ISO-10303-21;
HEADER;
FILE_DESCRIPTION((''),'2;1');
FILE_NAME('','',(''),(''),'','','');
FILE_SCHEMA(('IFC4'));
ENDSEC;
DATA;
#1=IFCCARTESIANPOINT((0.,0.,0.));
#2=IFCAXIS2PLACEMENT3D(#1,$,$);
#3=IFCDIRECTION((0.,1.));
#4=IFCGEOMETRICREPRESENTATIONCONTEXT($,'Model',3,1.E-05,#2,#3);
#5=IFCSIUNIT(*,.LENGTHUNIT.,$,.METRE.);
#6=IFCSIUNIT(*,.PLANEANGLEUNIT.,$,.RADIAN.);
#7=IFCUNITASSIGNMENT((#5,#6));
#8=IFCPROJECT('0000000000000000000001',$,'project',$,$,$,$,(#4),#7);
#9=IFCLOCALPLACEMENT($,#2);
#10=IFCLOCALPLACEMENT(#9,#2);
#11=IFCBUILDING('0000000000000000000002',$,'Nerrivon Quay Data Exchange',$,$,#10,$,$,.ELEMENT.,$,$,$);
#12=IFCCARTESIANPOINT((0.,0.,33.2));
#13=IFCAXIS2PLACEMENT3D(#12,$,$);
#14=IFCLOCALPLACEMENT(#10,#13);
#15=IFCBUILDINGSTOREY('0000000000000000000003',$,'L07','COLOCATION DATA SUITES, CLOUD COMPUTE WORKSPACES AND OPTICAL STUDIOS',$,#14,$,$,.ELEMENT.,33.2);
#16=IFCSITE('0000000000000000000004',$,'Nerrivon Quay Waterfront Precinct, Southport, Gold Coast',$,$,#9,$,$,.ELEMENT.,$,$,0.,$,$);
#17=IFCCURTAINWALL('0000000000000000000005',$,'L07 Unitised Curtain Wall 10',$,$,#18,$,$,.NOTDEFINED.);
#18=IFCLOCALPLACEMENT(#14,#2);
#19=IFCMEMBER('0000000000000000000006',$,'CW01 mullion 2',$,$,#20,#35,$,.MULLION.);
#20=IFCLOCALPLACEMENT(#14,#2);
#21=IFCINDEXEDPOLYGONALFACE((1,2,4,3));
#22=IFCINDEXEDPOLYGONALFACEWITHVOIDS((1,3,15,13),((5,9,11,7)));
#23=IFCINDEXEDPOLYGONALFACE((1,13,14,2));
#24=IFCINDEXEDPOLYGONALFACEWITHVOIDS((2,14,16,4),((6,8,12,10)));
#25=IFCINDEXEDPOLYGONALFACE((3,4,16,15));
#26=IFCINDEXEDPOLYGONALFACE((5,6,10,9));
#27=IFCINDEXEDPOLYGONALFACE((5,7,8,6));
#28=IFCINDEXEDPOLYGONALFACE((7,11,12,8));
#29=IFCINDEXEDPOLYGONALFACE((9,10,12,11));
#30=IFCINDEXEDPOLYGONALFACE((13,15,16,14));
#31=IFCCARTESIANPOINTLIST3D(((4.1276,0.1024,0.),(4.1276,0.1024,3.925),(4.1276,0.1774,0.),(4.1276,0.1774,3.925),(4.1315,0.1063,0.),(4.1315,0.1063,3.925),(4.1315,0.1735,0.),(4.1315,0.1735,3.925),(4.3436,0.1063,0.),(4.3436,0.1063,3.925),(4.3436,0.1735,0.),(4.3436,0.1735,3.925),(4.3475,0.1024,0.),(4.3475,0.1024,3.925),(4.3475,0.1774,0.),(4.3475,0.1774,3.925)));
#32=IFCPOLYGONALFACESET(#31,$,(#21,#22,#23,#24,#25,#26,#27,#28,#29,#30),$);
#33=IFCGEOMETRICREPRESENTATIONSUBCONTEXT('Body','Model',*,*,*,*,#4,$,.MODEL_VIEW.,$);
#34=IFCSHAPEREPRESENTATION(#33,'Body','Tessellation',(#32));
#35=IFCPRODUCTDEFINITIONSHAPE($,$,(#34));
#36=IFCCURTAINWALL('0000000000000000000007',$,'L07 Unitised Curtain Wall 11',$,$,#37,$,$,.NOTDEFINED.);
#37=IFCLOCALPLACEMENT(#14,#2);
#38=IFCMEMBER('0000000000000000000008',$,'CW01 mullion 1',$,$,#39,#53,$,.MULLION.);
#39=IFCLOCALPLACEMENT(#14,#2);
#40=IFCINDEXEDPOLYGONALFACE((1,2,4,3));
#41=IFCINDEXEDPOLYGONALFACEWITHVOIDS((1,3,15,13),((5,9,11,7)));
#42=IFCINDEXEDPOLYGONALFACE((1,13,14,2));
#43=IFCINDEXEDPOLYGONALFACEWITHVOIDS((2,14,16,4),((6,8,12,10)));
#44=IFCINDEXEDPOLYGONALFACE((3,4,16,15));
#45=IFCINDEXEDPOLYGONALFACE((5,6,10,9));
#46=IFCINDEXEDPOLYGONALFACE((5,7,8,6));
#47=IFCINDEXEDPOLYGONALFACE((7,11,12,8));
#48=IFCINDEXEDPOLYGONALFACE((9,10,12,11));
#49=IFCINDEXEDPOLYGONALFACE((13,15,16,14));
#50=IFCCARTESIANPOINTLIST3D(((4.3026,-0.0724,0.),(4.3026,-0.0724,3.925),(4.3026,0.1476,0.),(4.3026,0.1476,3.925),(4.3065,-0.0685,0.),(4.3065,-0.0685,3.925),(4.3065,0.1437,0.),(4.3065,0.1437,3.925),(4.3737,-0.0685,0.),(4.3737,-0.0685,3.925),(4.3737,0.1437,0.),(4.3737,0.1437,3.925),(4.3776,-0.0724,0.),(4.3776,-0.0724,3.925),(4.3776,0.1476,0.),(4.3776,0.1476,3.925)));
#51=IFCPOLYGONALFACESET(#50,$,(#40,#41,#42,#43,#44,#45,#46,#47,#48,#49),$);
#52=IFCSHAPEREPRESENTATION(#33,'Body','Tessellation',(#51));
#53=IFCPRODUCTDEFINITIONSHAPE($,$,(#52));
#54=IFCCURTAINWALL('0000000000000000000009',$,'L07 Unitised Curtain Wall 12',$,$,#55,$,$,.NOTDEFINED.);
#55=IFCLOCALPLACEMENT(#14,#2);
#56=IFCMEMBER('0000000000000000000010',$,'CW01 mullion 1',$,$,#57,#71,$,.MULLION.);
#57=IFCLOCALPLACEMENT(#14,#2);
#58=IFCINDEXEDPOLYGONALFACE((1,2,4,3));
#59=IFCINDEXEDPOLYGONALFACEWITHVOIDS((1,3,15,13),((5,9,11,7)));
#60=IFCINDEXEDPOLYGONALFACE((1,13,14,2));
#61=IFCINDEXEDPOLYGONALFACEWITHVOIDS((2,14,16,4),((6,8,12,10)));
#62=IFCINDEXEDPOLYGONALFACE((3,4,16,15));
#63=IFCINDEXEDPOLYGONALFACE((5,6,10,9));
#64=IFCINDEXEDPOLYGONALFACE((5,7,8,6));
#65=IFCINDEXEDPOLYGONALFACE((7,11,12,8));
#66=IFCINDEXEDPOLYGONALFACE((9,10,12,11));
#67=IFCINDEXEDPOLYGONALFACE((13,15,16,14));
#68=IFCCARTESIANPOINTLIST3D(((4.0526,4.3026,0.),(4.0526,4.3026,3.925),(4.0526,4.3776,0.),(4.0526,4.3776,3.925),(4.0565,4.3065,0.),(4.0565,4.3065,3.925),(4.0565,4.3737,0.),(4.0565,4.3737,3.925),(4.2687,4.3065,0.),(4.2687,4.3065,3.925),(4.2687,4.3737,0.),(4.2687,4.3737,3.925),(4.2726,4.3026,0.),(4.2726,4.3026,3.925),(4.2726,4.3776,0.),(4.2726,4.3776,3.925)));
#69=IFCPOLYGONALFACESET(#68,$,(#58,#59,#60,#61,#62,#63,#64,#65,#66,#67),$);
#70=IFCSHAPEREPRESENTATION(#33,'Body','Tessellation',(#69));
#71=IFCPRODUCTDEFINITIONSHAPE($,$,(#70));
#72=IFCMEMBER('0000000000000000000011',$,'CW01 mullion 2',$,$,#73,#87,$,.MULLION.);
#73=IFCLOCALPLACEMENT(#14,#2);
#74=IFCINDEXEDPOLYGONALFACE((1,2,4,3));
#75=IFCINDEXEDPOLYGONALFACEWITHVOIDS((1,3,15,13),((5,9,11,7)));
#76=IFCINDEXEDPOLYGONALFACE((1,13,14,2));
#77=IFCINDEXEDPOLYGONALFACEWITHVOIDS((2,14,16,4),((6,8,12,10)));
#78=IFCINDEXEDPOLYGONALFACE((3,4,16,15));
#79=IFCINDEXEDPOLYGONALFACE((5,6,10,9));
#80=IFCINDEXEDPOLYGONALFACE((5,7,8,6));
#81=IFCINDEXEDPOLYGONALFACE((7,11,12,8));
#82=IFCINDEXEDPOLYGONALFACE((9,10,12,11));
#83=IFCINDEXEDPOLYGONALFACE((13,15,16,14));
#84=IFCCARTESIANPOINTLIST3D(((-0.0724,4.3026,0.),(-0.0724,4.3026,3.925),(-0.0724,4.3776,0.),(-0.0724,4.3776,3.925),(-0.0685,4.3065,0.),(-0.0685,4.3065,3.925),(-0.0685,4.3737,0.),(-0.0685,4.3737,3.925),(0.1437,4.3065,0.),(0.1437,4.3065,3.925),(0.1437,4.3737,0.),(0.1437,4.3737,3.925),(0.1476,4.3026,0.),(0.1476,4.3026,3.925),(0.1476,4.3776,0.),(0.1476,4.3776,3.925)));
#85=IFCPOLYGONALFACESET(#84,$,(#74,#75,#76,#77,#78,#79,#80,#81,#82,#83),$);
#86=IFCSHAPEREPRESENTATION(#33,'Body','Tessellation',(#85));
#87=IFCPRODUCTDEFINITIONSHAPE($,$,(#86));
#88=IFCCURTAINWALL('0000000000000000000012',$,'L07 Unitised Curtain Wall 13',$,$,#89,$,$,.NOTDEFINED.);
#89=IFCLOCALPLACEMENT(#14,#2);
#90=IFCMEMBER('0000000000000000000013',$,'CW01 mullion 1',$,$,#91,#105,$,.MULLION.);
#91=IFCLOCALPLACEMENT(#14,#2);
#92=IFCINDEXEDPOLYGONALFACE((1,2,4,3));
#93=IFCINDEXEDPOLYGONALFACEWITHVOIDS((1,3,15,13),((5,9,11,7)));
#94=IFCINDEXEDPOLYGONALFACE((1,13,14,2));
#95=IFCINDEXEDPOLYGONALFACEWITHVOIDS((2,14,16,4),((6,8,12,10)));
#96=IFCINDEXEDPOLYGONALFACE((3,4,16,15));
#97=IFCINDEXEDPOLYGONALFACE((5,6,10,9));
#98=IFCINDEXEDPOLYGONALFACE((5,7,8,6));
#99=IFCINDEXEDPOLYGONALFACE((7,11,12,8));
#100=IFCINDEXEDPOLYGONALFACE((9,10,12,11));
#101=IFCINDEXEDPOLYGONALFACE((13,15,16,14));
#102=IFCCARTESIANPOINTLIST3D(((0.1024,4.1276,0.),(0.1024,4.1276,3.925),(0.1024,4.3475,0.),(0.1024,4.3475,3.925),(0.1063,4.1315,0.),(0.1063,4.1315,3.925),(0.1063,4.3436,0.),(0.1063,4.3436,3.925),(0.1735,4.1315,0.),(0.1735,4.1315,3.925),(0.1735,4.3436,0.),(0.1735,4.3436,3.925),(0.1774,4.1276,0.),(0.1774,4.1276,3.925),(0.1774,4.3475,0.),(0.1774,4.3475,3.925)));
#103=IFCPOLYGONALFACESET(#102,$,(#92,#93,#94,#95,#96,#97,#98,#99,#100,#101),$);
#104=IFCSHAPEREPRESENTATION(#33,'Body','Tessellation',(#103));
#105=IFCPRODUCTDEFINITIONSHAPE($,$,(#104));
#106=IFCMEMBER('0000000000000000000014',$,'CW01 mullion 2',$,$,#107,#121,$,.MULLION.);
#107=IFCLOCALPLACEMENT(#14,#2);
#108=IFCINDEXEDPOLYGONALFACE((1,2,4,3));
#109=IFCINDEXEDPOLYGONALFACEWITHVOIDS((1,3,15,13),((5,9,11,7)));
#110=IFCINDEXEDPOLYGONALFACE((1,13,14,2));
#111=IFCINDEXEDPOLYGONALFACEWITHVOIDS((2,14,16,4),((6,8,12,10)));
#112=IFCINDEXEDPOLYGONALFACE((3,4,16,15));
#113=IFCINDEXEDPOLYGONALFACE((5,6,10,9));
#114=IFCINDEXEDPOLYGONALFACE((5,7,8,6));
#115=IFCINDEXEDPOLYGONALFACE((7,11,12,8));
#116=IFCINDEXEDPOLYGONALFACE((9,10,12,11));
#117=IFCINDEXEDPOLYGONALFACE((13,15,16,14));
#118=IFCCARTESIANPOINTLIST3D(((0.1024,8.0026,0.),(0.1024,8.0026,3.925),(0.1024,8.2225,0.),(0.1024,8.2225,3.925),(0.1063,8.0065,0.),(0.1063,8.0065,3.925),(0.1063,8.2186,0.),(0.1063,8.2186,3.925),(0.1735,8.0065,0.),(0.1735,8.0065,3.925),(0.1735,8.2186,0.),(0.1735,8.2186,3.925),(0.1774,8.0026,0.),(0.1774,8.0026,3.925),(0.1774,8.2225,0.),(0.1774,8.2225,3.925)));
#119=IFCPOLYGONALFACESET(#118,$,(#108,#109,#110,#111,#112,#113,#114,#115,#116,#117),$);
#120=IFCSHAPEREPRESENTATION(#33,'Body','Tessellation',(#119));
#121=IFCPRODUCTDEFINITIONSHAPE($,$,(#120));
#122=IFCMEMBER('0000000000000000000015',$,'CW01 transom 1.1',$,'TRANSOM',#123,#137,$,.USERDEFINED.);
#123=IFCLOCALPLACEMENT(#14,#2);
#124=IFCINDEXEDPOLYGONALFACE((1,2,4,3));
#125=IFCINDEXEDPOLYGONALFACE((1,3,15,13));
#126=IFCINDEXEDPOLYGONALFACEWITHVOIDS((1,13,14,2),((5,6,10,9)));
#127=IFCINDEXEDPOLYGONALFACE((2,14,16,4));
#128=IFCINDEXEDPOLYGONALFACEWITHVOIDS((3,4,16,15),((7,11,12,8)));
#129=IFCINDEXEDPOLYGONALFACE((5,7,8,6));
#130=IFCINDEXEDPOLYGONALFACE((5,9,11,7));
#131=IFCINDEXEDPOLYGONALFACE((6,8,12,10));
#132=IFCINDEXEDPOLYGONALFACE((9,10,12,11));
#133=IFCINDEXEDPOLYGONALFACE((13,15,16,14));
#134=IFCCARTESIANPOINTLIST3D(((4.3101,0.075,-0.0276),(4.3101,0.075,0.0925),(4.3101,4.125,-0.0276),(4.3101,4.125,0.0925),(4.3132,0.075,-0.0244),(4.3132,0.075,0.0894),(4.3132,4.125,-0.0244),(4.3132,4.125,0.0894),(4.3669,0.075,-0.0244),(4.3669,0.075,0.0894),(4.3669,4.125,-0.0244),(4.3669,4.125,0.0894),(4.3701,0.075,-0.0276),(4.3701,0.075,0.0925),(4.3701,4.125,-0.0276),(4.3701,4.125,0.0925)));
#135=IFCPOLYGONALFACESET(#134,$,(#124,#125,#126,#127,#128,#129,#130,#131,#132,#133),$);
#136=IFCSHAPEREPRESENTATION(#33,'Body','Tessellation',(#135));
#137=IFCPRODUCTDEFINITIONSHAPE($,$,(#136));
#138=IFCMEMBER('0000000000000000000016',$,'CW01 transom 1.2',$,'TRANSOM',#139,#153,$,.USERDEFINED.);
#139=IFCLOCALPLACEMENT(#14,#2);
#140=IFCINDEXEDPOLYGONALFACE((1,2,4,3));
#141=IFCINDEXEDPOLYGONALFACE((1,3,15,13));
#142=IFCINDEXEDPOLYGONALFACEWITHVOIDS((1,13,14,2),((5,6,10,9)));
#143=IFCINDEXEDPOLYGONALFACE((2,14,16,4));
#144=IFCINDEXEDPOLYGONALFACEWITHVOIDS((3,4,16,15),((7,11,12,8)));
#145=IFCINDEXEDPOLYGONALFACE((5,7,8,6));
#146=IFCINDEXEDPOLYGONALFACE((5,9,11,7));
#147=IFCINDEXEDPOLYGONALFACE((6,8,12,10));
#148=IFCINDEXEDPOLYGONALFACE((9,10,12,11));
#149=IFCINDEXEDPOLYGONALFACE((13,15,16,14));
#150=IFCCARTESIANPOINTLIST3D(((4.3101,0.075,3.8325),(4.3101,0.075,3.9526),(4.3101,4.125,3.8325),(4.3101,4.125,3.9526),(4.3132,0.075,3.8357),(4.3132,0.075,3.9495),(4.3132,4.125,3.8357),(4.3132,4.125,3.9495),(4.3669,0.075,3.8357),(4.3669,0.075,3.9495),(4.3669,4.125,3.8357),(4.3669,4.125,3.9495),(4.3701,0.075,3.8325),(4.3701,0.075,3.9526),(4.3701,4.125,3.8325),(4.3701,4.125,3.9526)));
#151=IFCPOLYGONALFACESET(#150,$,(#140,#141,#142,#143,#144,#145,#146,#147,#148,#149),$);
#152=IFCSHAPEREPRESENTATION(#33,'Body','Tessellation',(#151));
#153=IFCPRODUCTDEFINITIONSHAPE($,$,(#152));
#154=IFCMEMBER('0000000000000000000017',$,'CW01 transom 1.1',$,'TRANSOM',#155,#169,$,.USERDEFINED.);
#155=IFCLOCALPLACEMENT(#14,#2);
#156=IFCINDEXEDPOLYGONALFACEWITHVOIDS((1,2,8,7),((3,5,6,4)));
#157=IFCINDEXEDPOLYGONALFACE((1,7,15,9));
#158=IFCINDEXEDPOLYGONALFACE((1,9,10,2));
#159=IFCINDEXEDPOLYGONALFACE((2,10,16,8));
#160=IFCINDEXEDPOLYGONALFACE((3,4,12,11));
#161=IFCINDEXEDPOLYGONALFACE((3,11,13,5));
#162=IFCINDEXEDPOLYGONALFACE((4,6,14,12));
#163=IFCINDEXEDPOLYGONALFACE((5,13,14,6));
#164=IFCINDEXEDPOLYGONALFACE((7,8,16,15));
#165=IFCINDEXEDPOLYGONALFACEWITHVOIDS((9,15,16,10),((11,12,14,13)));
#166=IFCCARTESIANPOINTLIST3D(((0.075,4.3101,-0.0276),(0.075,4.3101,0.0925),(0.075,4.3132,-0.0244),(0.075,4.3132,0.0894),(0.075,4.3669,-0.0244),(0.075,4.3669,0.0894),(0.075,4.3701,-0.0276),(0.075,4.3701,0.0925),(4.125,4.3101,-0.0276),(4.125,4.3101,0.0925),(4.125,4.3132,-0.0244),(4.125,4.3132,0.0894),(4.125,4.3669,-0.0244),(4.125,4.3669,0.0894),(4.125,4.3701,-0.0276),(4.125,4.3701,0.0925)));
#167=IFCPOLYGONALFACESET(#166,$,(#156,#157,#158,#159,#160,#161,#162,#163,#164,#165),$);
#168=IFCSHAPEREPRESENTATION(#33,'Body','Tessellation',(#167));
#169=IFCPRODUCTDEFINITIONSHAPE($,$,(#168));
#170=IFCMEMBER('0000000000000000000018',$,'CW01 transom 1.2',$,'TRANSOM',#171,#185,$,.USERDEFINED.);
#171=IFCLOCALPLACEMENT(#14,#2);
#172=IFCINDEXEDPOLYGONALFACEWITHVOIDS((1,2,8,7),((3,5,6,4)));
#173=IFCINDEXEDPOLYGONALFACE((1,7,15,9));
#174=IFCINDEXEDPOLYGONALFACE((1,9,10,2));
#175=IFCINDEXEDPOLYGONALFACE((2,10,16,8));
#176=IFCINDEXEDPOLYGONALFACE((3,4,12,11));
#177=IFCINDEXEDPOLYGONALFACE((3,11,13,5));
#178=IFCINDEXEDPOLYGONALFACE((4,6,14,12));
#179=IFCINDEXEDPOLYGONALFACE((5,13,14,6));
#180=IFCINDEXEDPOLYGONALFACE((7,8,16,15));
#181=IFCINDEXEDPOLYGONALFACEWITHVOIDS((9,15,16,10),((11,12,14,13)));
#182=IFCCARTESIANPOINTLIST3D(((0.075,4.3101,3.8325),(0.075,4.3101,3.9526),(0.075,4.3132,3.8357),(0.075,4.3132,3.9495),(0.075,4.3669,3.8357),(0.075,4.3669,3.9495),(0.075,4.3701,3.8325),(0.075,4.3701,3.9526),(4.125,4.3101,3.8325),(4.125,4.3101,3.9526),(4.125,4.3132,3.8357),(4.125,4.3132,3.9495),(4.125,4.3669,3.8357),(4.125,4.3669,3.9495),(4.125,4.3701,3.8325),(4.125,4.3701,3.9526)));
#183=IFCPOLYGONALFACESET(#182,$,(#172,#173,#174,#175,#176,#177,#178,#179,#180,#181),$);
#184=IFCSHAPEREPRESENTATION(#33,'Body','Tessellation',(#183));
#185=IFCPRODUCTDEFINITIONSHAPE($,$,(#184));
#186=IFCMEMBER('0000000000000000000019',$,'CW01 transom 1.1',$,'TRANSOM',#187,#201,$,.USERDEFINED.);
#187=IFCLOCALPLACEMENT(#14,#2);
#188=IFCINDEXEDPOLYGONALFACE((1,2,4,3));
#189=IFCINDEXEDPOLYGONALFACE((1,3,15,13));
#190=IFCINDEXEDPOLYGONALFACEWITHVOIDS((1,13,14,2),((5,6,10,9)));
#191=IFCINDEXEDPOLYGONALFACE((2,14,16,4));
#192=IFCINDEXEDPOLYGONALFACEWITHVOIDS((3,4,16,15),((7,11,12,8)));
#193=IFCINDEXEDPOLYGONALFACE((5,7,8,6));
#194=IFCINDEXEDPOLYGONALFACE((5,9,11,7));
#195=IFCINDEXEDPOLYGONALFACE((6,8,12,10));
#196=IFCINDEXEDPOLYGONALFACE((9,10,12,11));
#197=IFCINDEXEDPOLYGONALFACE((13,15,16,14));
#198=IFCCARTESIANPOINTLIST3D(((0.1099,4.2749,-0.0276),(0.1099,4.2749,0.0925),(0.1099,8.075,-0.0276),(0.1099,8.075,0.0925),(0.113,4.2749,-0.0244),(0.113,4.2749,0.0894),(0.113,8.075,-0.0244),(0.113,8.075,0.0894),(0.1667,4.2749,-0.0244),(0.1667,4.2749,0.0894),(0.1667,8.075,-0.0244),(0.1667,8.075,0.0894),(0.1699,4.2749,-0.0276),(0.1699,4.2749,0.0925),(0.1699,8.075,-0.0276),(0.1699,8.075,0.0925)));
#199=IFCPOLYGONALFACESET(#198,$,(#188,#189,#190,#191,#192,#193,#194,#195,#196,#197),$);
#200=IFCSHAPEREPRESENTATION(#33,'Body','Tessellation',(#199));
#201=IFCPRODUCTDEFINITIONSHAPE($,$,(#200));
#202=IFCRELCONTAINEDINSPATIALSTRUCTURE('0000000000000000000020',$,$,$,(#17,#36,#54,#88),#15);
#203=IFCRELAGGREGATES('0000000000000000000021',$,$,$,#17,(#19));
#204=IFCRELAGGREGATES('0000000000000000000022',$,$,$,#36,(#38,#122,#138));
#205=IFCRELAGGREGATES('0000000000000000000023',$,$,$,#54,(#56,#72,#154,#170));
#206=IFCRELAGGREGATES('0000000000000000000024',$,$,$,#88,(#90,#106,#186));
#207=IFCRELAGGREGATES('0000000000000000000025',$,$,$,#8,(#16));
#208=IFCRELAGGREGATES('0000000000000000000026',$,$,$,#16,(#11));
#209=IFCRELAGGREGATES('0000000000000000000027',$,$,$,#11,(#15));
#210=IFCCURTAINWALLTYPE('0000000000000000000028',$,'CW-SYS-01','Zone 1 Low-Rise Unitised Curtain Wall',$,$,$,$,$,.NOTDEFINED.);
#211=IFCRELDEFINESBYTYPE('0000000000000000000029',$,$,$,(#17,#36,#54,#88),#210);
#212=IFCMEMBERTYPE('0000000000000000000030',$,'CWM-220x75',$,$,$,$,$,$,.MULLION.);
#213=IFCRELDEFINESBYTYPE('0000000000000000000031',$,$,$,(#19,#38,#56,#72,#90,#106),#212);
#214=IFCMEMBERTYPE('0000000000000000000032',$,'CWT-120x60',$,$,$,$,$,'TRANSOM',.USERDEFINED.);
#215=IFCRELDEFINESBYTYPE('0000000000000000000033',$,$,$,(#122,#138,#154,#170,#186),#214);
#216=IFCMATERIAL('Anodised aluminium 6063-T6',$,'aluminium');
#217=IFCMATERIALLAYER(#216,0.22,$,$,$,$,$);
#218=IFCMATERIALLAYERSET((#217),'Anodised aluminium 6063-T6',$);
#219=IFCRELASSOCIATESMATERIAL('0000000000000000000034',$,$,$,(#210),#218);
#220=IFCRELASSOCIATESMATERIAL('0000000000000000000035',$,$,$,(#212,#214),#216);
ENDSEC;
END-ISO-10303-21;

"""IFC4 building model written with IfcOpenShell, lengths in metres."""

from ifc_helpers import new_model, si_unit, direction, frame, origin, origin_2d, place, context, subcontext, project, spatial, hollow_rectangle, extrude, material, layer, layer_set, material_profile, profile_set, type_object, element, aggregate, save


model = new_model("IFC4")

# Units and contexts
model_context = context("Model", 3, precision=1e-05, world=origin(), true_north=direction((0.0, 1.0)))
body_context = subcontext(model_context, "Body", "Model", "MODEL_VIEW")
ifc_project = project(units=[si_unit("LENGTHUNIT", "METRE"), si_unit("PLANEANGLEUNIT", "RADIAN")], contexts=[model_context])

# Site, building, storey
site_placement = place(None, origin())
site = spatial("IfcSite", under=ifc_project, at=site_placement, Name="Nerrivon Quay Waterfront Precinct, Southport, Gold Coast", CompositionType="ELEMENT", RefElevation=0.0)
building_placement = place(site_placement, origin())
building = spatial("IfcBuilding", under=site, at=building_placement, Name="Nerrivon Quay Data Exchange", CompositionType="ELEMENT")
storey_placement = place(building_placement, frame((0.0, 0.0, 33.2)))
storey = spatial("IfcBuildingStorey", under=building, at=storey_placement, Name="L07", Description="COLOCATION DATA SUITES, CLOUD COMPUTE WORKSPACES AND OPTICAL STUDIOS", CompositionType="ELEMENT", Elevation=33.2)

# Curtain walls, members
ifc_material_1 = material(Name="Anodised aluminium 6063-T6", Category="aluminium")
ifc_layer_1 = layer(ifc_material_1, 0.22)
ifc_layer_set_1 = layer_set([ifc_layer_1], Name="Anodised aluminium 6063-T6")
curtain_wall_type = type_object("IfcCurtainWallType", Name="CW-SYS-01", Description="Zone 1 Low-Rise Unitised Curtain Wall", PredefinedType="NOTDEFINED", material=ifc_layer_set_1)
curtain_wall_1_placement = place(storey_placement, origin())
curtain_wall_1 = element("IfcCurtainWall", 1, at=curtain_wall_1_placement, inside=storey, type_object=curtain_wall_type, Name="L07 Unitised Curtain Wall 10", PredefinedType="NOTDEFINED")
ifc_material_profile_1 = material_profile(ifc_material_1, hollow_rectangle(XDim=0.075, YDim=0.22, WallThickness=0.0039, at=origin_2d()), Name="ALU-MULL-220x75")
ifc_profile_set_1 = profile_set([ifc_material_profile_1], Name="Anodised aluminium 6063-T6")
member_type_1 = type_object("IfcMemberType", Name="CWM-220x75", PredefinedType="MULLION", material=ifc_profile_set_1)
member_1_placement = place(storey_placement, frame((4.2375, 0.1399, 0.0), z_axis=(0.0, 0.0, 1.0), x_axis=(0.0, -1.0, 0.0)))
member_1 = element("IfcMember", 2, at=member_1_placement, type_object=member_type_1, Name="CW01 mullion 2", PredefinedType="MULLION", context=body_context, shape_type="SweptSolid", body=[
    extrude(hollow_rectangle(XDim=0.075, YDim=0.22, WallThickness=0.0039, at=origin_2d()), origin(), (0.0, 0.0, 1.0), 3.925),
])
aggregate(curtain_wall_1, [member_1])
curtain_wall_2_placement = place(storey_placement, origin())
curtain_wall_2 = element("IfcCurtainWall", 3, at=curtain_wall_2_placement, inside=storey, type_object=curtain_wall_type, Name="L07 Unitised Curtain Wall 11", PredefinedType="NOTDEFINED")
member_2_placement = place(storey_placement, frame((4.3401, 0.0376, 0.0), z_axis=(0.0, 0.0, 1.0), x_axis=(-1.0, 0.0, 0.0)))
member_2 = element("IfcMember", 4, at=member_2_placement, type_object=member_type_1, Name="CW01 mullion 1", PredefinedType="MULLION", context=body_context, shape_type="SweptSolid", body=[
    extrude(hollow_rectangle(XDim=0.075, YDim=0.22, WallThickness=0.0039, at=origin_2d()), origin(), (0.0, 0.0, 1.0), 3.925),
])

# Curtain walls, members
curtain_wall_3_placement = place(storey_placement, origin())
curtain_wall_3 = element("IfcCurtainWall", 5, at=curtain_wall_3_placement, inside=storey, type_object=curtain_wall_type, Name="L07 Unitised Curtain Wall 12", PredefinedType="NOTDEFINED")
member_3_placement = place(storey_placement, frame((4.1626, 4.3401, 0.0), z_axis=(0.0, 0.0, 1.0), x_axis=(0.0, -1.0, 0.0)))
member_3 = element("IfcMember", 6, at=member_3_placement, type_object=member_type_1, Name="CW01 mullion 1", PredefinedType="MULLION", context=body_context, shape_type="SweptSolid", body=[
    extrude(hollow_rectangle(XDim=0.075, YDim=0.22, WallThickness=0.0039, at=origin_2d()), origin(), (0.0, 0.0, 1.0), 3.925),
])
member_4_placement = place(storey_placement, frame((0.0376, 4.3401, 0.0), z_axis=(0.0, 0.0, 1.0), x_axis=(0.0, -1.0, 0.0)))
member_4 = element("IfcMember", 7, at=member_4_placement, type_object=member_type_1, Name="CW01 mullion 2", PredefinedType="MULLION", context=body_context, shape_type="SweptSolid", body=[
    extrude(hollow_rectangle(XDim=0.075, YDim=0.22, WallThickness=0.0039, at=origin_2d()), origin(), (0.0, 0.0, 1.0), 3.925),
])
curtain_wall_4_placement = place(storey_placement, origin())
curtain_wall_4 = element("IfcCurtainWall", 8, at=curtain_wall_4_placement, inside=storey, type_object=curtain_wall_type, Name="L07 Unitised Curtain Wall 13", PredefinedType="NOTDEFINED")
member_5_placement = place(storey_placement, frame((0.1399, 4.2375, 0.0), z_axis=(0.0, 0.0, 1.0), x_axis=(-1.0, 0.0, 0.0)))
member_5 = element("IfcMember", 9, at=member_5_placement, type_object=member_type_1, Name="CW01 mullion 1", PredefinedType="MULLION", context=body_context, shape_type="SweptSolid", body=[
    extrude(hollow_rectangle(XDim=0.075, YDim=0.22, WallThickness=0.0039, at=origin_2d()), origin(), (0.0, 0.0, 1.0), 3.925),
])
member_6_placement = place(storey_placement, frame((0.1399, 8.1125, 0.0), z_axis=(0.0, 0.0, 1.0), x_axis=(-1.0, 0.0, 0.0)))
member_6 = element("IfcMember", 10, at=member_6_placement, type_object=member_type_1, Name="CW01 mullion 2", PredefinedType="MULLION", context=body_context, shape_type="SweptSolid", body=[
    extrude(hollow_rectangle(XDim=0.075, YDim=0.22, WallThickness=0.0039, at=origin_2d()), origin(), (0.0, 0.0, 1.0), 3.925),
])

# Members
ifc_material_profile_2 = material_profile(ifc_material_1, hollow_rectangle(XDim=0.0601, YDim=0.1201, WallThickness=0.0032, at=origin_2d()), Name="ALU-TRAN-120x60")
ifc_profile_set_2 = profile_set([ifc_material_profile_2], Name="Anodised aluminium 6063-T6")
member_type_2 = type_object("IfcMemberType", Name="CWT-120x60", ElementType="TRANSOM", PredefinedType="USERDEFINED", material=ifc_profile_set_2)
member_7_placement = place(storey_placement, frame((4.3401, 0.075, 0.0325), z_axis=(0.0, 1.0, 0.0), x_axis=(-1.0, 0.0, 0.0)))
member_7 = element("IfcMember", 11, at=member_7_placement, type_object=member_type_2, Name="CW01 transom 1.1", ObjectType="TRANSOM", PredefinedType="USERDEFINED", context=body_context, shape_type="SweptSolid", body=[
    extrude(hollow_rectangle(XDim=0.0601, YDim=0.1201, WallThickness=0.0032, at=origin_2d()), origin(), (0.0, 0.0, 1.0), 4.05),
])
member_8_placement = place(storey_placement, frame((4.3401, 0.075, 3.8926), z_axis=(0.0, 1.0, 0.0), x_axis=(-1.0, 0.0, 0.0)))
member_8 = element("IfcMember", 12, at=member_8_placement, type_object=member_type_2, Name="CW01 transom 1.2", ObjectType="TRANSOM", PredefinedType="USERDEFINED", context=body_context, shape_type="SweptSolid", body=[
    extrude(hollow_rectangle(XDim=0.0601, YDim=0.1201, WallThickness=0.0032, at=origin_2d()), origin(), (0.0, 0.0, 1.0), 4.05),
])
member_9_placement = place(storey_placement, frame((4.125, 4.3401, 0.0325), z_axis=(-1.0, 0.0, 0.0), x_axis=(0.0, -1.0, 0.0)))
member_9 = element("IfcMember", 13, at=member_9_placement, type_object=member_type_2, Name="CW01 transom 1.1", ObjectType="TRANSOM", PredefinedType="USERDEFINED", context=body_context, shape_type="SweptSolid", body=[
    extrude(hollow_rectangle(XDim=0.0601, YDim=0.1201, WallThickness=0.0032, at=origin_2d()), origin(), (0.0, 0.0, 1.0), 4.05),
])
member_10_placement = place(storey_placement, frame((4.125, 4.3401, 3.8926), z_axis=(-1.0, 0.0, 0.0), x_axis=(0.0, -1.0, 0.0)))
member_10 = element("IfcMember", 14, at=member_10_placement, type_object=member_type_2, Name="CW01 transom 1.2", ObjectType="TRANSOM", PredefinedType="USERDEFINED", context=body_context, shape_type="SweptSolid", body=[
    extrude(hollow_rectangle(XDim=0.0601, YDim=0.1201, WallThickness=0.0032, at=origin_2d()), origin(), (0.0, 0.0, 1.0), 4.05),
])
member_11_placement = place(storey_placement, frame((0.1399, 4.2749, 0.0325), z_axis=(0.0, 1.0, 0.0), x_axis=(-1.0, 0.0, 0.0)))
member_11 = element("IfcMember", 15, at=member_11_placement, type_object=member_type_2, Name="CW01 transom 1.1", ObjectType="TRANSOM", PredefinedType="USERDEFINED", context=body_context, shape_type="SweptSolid", body=[
    extrude(hollow_rectangle(XDim=0.0601, YDim=0.1201, WallThickness=0.0032, at=origin_2d()), origin(), (0.0, 0.0, 1.0), 3.8),
])

aggregate(curtain_wall_2, [member_2, member_7, member_8])
aggregate(curtain_wall_3, [member_3, member_4, member_9, member_10])
aggregate(curtain_wall_4, [member_5, member_6, member_11])

save(model, "model.ifc")
